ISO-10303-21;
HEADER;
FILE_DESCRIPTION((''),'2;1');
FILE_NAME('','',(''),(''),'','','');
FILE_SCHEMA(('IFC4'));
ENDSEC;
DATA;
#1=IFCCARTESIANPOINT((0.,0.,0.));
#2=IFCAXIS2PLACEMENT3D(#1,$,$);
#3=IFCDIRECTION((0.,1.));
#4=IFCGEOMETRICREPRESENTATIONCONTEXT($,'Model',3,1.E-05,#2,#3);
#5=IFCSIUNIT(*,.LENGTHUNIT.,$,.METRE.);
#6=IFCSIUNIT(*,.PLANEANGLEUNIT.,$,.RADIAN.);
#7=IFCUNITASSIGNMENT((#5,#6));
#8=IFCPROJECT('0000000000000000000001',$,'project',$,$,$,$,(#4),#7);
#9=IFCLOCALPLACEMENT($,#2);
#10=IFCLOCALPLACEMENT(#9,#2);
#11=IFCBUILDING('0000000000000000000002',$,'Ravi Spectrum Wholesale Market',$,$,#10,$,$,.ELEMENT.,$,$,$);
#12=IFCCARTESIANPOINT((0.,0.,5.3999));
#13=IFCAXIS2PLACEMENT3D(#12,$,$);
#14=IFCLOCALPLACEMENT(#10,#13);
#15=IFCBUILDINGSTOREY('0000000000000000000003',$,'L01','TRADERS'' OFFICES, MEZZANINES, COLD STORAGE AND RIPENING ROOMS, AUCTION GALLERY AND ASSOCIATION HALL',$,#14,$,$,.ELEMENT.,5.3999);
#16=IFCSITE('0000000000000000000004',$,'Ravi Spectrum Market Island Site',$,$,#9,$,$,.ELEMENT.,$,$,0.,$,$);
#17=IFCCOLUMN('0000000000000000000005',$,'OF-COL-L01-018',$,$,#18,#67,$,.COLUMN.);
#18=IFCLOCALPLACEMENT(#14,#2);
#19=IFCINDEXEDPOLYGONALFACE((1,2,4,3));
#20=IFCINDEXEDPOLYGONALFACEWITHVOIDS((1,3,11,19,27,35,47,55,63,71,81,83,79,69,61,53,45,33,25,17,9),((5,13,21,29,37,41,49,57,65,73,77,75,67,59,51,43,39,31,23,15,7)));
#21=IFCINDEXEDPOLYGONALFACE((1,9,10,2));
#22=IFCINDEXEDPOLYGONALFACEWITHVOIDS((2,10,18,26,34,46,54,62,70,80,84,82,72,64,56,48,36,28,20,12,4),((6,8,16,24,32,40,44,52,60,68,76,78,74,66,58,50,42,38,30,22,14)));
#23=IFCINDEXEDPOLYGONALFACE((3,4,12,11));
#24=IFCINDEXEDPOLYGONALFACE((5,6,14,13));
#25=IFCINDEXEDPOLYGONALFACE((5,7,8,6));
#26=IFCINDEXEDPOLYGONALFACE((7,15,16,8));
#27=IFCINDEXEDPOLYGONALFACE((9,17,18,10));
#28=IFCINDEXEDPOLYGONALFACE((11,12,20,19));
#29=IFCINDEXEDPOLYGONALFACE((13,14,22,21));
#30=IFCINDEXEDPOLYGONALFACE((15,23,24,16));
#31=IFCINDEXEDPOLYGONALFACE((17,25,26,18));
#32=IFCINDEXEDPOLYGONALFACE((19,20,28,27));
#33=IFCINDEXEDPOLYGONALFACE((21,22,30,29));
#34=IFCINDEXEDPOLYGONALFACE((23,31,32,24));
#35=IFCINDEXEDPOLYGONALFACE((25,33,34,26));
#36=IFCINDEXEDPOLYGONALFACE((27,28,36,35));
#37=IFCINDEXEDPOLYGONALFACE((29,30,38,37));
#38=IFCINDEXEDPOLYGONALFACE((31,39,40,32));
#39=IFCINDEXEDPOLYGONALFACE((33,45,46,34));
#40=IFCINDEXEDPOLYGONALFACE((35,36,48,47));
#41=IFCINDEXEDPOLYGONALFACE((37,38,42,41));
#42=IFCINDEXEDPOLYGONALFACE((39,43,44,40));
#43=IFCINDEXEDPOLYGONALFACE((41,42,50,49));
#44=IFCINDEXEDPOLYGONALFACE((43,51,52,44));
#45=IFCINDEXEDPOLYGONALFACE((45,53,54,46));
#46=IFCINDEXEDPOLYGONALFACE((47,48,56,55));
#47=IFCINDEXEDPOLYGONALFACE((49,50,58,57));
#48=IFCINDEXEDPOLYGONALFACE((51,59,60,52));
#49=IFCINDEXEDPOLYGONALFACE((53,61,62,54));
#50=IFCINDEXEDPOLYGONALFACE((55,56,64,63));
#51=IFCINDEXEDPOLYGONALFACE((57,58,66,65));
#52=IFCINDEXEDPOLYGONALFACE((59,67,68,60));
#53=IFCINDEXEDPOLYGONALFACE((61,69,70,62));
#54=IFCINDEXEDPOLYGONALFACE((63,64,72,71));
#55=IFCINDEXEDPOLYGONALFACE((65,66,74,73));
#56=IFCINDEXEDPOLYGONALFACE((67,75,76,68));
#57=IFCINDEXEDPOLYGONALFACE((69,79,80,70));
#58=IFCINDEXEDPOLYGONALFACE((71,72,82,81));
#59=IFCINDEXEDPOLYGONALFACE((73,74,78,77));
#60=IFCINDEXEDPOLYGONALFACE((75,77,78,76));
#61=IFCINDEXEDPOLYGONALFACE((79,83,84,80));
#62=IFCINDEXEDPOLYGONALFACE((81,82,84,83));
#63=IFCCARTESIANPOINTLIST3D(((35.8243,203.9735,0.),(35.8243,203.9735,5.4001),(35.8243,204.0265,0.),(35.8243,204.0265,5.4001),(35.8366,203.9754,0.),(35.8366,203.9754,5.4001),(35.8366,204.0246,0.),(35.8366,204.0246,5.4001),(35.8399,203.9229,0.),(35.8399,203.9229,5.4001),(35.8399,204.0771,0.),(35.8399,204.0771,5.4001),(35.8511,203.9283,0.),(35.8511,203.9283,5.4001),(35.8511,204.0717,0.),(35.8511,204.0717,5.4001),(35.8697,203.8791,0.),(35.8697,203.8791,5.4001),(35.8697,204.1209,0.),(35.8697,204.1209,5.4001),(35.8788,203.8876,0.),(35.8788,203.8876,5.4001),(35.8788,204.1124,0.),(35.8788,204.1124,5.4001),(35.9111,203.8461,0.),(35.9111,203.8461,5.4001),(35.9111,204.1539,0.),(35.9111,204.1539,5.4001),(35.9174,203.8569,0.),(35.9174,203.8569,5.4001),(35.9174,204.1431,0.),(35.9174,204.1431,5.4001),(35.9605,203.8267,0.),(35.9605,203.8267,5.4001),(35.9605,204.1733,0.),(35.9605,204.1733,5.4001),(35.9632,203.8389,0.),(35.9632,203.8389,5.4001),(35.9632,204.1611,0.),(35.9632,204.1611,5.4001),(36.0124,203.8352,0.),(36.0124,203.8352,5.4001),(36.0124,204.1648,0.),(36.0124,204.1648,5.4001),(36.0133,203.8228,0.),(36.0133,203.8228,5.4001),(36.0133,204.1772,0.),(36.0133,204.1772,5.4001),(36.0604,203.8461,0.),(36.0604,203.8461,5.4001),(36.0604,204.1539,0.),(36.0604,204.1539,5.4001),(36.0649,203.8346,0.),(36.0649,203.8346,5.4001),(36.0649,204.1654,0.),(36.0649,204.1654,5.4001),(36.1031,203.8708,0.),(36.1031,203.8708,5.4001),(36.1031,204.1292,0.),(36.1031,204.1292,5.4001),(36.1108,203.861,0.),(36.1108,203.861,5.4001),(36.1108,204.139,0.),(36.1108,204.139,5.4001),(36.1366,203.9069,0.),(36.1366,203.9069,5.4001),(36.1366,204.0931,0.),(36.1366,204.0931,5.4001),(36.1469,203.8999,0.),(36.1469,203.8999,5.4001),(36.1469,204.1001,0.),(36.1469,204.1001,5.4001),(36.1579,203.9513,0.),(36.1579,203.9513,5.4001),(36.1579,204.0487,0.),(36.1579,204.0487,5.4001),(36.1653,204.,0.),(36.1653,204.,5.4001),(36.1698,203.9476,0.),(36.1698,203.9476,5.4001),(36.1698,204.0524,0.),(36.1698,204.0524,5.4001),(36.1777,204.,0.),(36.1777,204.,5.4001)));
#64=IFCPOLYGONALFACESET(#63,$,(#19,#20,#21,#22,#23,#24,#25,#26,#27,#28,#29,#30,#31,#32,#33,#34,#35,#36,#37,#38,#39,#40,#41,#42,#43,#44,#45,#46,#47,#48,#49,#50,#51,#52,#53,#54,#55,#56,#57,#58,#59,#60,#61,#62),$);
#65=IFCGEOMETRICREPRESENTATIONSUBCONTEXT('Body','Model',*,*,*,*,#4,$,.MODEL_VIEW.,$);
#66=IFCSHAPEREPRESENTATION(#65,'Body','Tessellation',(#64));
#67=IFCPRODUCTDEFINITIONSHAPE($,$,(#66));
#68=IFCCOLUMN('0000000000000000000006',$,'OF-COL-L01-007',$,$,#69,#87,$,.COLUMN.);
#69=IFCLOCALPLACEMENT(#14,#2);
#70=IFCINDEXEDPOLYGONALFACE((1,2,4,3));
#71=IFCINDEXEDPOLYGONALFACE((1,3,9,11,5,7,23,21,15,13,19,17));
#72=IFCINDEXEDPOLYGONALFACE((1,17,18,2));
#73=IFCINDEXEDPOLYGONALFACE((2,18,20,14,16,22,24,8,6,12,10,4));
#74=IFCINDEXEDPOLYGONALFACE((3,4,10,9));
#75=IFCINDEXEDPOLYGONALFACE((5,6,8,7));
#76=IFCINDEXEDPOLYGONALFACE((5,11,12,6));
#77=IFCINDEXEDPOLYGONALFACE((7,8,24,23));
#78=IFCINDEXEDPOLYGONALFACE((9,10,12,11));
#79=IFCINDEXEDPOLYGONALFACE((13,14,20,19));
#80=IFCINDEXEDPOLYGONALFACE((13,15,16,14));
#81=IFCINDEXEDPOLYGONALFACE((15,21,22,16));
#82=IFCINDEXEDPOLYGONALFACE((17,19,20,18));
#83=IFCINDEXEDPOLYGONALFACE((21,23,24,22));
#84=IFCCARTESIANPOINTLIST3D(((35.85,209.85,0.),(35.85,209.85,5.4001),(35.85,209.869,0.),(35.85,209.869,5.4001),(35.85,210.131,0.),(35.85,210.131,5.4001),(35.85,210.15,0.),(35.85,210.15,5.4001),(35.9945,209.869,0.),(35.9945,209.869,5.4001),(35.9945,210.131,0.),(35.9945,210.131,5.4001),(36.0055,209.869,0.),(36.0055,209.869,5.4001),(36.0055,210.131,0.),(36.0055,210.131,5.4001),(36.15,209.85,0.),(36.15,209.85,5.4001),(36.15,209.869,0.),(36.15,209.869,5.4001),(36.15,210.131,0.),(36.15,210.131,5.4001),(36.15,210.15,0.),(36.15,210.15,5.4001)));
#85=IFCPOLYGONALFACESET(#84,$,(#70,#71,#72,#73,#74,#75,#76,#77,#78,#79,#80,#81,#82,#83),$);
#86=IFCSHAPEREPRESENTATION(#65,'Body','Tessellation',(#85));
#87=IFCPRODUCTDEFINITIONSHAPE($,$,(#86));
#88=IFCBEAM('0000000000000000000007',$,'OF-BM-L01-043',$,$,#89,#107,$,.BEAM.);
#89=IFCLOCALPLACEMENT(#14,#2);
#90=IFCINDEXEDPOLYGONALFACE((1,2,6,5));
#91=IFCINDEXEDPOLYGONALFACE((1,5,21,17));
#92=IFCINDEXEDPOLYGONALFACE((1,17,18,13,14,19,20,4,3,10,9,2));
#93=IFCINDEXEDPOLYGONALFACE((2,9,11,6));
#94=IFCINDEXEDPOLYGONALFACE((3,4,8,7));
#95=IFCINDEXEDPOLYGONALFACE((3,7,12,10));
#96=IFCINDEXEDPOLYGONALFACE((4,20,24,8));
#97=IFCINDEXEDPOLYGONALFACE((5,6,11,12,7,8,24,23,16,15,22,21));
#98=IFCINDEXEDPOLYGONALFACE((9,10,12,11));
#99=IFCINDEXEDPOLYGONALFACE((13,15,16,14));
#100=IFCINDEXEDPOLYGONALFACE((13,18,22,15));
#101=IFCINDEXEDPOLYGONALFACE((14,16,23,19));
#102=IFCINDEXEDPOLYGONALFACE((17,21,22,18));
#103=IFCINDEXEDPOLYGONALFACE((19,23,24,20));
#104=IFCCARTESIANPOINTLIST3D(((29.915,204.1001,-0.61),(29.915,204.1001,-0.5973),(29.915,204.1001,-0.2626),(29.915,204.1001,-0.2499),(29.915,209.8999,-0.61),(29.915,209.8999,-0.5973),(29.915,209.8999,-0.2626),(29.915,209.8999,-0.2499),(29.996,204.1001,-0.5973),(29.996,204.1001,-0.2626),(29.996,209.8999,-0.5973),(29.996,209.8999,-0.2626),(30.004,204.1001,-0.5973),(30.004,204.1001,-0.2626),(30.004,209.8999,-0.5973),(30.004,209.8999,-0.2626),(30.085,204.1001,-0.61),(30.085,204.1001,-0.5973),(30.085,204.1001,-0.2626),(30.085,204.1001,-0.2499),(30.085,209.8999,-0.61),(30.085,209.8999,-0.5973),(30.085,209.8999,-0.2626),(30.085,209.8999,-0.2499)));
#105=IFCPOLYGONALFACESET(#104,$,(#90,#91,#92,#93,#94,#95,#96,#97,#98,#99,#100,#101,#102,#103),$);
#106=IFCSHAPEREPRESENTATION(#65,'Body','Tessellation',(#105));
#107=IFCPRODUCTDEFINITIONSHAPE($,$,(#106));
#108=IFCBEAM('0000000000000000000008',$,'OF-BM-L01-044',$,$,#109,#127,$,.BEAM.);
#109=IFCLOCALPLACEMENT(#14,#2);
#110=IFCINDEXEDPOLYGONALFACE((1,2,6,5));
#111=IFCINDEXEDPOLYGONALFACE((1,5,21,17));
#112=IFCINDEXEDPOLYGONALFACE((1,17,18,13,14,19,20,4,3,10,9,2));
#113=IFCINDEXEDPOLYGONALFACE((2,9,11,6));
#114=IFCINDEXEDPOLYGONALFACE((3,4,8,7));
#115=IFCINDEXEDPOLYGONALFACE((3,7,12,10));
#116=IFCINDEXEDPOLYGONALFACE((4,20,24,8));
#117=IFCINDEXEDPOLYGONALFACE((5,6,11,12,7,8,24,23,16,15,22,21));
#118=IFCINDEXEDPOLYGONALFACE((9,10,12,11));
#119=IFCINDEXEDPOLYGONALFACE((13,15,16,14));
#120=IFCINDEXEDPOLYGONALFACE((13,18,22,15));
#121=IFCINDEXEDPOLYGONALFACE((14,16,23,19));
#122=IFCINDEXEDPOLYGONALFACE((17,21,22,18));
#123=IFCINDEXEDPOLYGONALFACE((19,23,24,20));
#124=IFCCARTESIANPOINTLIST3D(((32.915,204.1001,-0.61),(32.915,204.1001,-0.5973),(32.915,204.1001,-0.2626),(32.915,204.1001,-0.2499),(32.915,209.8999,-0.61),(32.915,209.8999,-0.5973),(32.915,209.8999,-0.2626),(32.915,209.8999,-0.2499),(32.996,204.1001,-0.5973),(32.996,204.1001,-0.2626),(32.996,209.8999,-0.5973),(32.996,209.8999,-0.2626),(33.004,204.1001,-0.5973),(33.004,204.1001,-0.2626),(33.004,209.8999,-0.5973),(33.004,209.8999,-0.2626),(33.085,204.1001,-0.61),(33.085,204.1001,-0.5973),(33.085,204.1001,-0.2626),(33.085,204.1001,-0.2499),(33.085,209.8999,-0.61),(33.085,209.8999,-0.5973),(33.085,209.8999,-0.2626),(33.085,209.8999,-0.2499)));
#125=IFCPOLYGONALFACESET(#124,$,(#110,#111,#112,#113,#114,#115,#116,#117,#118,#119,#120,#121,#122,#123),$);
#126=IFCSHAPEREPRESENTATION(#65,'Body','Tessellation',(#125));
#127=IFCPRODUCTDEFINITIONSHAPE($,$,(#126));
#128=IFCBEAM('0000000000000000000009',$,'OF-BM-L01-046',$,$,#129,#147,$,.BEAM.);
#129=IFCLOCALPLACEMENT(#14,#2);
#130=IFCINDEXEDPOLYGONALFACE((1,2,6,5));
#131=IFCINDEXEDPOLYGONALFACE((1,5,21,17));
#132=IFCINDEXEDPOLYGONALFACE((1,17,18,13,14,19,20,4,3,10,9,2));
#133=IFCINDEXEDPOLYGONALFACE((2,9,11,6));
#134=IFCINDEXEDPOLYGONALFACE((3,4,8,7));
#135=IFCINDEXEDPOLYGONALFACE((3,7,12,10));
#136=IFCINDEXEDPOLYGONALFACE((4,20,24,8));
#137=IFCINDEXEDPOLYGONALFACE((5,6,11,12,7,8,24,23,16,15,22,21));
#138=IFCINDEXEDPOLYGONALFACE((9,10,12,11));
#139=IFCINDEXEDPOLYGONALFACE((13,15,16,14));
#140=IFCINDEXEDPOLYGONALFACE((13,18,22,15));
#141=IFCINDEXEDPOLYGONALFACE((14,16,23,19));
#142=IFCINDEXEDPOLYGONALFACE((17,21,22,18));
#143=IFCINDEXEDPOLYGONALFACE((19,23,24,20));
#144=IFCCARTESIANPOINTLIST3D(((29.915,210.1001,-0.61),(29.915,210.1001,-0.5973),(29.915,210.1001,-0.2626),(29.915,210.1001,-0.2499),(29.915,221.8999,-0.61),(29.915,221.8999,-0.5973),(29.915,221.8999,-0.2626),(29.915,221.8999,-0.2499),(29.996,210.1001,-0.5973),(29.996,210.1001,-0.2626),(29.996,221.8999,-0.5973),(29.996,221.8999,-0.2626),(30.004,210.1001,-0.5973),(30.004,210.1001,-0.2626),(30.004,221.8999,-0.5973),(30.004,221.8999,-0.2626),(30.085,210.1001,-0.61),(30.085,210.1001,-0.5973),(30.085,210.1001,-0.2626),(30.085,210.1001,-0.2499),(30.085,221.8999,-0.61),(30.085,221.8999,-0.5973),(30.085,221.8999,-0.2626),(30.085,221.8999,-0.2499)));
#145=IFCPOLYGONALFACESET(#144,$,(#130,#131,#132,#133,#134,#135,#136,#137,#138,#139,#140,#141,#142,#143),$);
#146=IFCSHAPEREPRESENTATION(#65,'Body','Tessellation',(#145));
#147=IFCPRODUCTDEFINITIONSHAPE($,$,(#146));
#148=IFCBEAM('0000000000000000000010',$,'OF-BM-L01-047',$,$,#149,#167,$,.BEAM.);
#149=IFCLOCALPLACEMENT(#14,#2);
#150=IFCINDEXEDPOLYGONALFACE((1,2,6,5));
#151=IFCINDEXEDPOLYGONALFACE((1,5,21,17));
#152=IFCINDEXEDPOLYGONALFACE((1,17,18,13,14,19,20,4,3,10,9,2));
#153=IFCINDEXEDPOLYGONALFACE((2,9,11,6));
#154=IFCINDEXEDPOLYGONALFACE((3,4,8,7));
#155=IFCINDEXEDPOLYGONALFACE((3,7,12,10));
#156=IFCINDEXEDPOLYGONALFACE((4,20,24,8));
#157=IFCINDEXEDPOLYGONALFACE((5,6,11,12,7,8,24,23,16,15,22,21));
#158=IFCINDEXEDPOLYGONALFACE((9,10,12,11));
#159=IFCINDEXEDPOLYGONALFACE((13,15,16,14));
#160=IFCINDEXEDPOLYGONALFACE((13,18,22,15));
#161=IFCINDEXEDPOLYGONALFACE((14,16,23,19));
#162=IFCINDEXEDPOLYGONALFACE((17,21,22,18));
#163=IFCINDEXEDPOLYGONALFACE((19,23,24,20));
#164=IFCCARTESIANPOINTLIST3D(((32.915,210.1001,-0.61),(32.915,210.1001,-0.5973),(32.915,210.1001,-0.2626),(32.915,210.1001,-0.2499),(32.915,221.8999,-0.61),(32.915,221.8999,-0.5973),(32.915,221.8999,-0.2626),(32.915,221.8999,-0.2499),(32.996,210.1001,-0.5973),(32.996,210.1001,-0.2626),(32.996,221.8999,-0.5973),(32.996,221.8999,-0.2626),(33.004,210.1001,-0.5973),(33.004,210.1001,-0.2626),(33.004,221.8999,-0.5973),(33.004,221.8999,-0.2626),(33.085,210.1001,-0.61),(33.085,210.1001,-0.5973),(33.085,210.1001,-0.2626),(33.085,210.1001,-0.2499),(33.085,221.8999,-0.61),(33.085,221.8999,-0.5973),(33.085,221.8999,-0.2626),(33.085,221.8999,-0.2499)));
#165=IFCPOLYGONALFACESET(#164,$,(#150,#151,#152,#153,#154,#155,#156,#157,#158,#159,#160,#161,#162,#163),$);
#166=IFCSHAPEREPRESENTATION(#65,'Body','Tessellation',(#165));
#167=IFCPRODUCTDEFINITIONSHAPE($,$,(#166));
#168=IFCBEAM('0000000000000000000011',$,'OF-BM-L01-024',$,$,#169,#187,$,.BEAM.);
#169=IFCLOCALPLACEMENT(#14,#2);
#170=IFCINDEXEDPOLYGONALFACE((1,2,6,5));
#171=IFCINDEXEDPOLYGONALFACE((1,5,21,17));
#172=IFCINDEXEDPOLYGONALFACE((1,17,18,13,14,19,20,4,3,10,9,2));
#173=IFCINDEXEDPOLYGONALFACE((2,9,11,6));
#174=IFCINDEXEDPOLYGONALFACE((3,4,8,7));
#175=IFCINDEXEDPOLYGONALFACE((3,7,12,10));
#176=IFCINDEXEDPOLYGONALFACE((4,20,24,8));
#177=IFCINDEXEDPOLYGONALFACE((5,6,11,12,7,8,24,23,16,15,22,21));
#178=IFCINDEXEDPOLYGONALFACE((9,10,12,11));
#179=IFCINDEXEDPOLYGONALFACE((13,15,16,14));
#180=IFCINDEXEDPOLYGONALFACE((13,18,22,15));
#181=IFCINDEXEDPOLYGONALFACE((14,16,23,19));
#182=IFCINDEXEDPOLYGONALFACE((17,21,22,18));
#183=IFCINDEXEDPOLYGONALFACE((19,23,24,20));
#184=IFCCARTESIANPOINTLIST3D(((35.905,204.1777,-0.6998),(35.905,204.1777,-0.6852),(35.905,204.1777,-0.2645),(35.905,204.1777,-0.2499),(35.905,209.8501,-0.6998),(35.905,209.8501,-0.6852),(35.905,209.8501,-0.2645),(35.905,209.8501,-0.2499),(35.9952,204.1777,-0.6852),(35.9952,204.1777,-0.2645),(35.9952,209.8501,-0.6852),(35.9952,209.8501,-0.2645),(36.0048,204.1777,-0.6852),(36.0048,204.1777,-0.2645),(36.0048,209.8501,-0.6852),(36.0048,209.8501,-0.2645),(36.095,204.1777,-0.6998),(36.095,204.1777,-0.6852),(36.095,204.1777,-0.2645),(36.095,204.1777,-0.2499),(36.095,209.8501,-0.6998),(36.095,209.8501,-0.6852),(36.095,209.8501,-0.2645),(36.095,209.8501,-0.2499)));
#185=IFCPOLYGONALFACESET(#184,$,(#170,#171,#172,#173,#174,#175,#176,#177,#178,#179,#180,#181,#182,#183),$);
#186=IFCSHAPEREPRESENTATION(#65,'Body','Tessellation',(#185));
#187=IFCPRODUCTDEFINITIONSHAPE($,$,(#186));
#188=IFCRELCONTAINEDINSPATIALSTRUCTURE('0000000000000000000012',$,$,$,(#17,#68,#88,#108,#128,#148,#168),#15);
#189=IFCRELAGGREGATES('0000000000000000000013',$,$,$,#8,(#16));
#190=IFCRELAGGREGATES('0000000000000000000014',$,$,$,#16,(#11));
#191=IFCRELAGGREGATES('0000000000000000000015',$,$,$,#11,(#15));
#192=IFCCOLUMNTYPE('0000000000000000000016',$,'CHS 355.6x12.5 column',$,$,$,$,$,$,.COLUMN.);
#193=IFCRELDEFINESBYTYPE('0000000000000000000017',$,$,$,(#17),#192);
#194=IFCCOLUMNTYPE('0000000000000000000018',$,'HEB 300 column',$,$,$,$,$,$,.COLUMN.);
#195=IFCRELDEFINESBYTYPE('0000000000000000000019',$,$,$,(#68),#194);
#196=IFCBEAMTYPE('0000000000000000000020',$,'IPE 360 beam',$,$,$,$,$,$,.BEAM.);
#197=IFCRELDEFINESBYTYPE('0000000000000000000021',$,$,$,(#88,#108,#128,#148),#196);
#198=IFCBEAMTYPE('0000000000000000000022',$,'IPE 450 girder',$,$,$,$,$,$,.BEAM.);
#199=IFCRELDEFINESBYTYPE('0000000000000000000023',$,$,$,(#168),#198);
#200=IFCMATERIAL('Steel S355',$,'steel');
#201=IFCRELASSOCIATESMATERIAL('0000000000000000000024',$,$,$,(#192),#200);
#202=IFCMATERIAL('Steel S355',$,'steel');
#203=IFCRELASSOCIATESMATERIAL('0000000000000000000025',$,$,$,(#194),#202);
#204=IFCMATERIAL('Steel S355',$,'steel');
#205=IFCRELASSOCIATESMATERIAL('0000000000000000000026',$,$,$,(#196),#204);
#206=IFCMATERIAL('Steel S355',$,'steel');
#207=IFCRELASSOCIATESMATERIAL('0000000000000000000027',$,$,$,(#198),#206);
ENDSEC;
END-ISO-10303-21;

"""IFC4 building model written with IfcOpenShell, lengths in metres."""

from ifc_helpers import new_model, si_unit, direction, frame, origin, origin_2d, place, context, subcontext, project, spatial, hollow_circle, i_section, extrude, material, material_profile, profile_set, type_object, element, save


model = new_model("IFC4")

# Units and contexts
model_context = context("Model", 3, precision=1e-05, world=origin(), true_north=direction((0.0, 1.0)))
body_context = subcontext(model_context, "Body", "Model", "MODEL_VIEW")
ifc_project = project(units=[si_unit("LENGTHUNIT", "METRE"), si_unit("PLANEANGLEUNIT", "RADIAN")], contexts=[model_context])

# Site, building, storey
site_placement = place(None, origin())
site = spatial("IfcSite", under=ifc_project, at=site_placement, Name="Ravi Spectrum Market Island Site", CompositionType="ELEMENT", RefElevation=0.0)
building_placement = place(site_placement, origin())
building = spatial("IfcBuilding", under=site, at=building_placement, Name="Ravi Spectrum Wholesale Market", CompositionType="ELEMENT")
storey_placement = place(building_placement, frame((0.0, 0.0, 5.3999)))
storey = spatial("IfcBuildingStorey", under=building, at=storey_placement, Name="L01", Description="TRADERS' OFFICES, MEZZANINES, COLD STORAGE AND RIPENING ROOMS, AUCTION GALLERY AND ASSOCIATION HALL", CompositionType="ELEMENT", Elevation=5.3999)

# Columns
ifc_material_1 = material(Name="Steel S355", Category="steel")
ifc_material_profile_1 = material_profile(ifc_material_1, hollow_circle(Radius=0.1777, WallThickness=0.0125, at=origin_2d()))
ifc_profile_set_1 = profile_set([ifc_material_profile_1], Name="Steel S355")
column_type_1 = type_object("IfcColumnType", Name="CHS 355.6x12.5 column", PredefinedType="COLUMN", material=ifc_profile_set_1)
column_1_placement = place(storey_placement, frame((36.0, 204.0, 0.0), z_axis=(0.0, 0.0, 1.0), x_axis=(1.0, 0.0, 0.0)))
element("IfcColumn", 1, at=column_1_placement, inside=storey, type_object=column_type_1, Name="OF-COL-L01-018", PredefinedType="COLUMN", context=body_context, shape_type="SweptSolid", body=[
    extrude(hollow_circle(Radius=0.1777, WallThickness=0.0125, at=origin_2d()), origin(), (0.0, 0.0, 1.0), 5.4001),
])
ifc_material_2 = material(Name="Steel S355", Category="steel")
ifc_material_profile_2 = material_profile(ifc_material_2, i_section(OverallWidth=0.3, OverallDepth=0.3, WebThickness=0.011, FlangeThickness=0.019, at=origin_2d()))
ifc_profile_set_2 = profile_set([ifc_material_profile_2], Name="Steel S355")
column_type_2 = type_object("IfcColumnType", Name="HEB 300 column", PredefinedType="COLUMN", material=ifc_profile_set_2)
column_2_placement = place(storey_placement, frame((36.0, 210.0, 0.0), z_axis=(0.0, 0.0, 1.0), x_axis=(1.0, 0.0, 0.0)))
element("IfcColumn", 2, at=column_2_placement, inside=storey, type_object=column_type_2, Name="OF-COL-L01-007", PredefinedType="COLUMN", context=body_context, shape_type="SweptSolid", body=[
    extrude(i_section(OverallWidth=0.3, OverallDepth=0.3, WebThickness=0.011, FlangeThickness=0.019, at=origin_2d()), origin(), (0.0, 0.0, 1.0), 5.4001),
])

# Beams
ifc_material_3 = material(Name="Steel S355", Category="steel")
ifc_material_profile_3 = material_profile(ifc_material_3, i_section(OverallWidth=0.1699, OverallDepth=0.3601, WebThickness=0.0081, FlangeThickness=0.0127, at=origin_2d()))
ifc_profile_set_3 = profile_set([ifc_material_profile_3], Name="Steel S355")
beam_type_1 = type_object("IfcBeamType", Name="IPE 360 beam", PredefinedType="BEAM", material=ifc_profile_set_3)
for number, where, z_axis, x_axis, name in (
    (3, (30.0, 204.1001, -0.4299), (0.0, 1.0, 0.0), (-1.0, 0.0, 0.0), "OF-BM-L01-043"),
    (4, (33.0, 204.1001, -0.4299), (0.0, 1.0, 0.0), (-1.0, 0.0, 0.0), "OF-BM-L01-044"),
):
    element("IfcBeam", number, at=place(storey_placement, frame(where, z_axis=z_axis, x_axis=x_axis)), inside=storey, type_object=beam_type_1, Name=name, PredefinedType="BEAM", context=body_context, shape_type="SweptSolid", body=[
        extrude(i_section(OverallWidth=0.1699, OverallDepth=0.3601, WebThickness=0.0081, FlangeThickness=0.0127, at=origin_2d()), origin(), (0.0, 0.0, 1.0), 5.7998),
    ])
for number, where, z_axis, x_axis, name in (
    (5, (30.0, 210.1001, -0.4299), (0.0, 1.0, 0.0), (-1.0, 0.0, 0.0), "OF-BM-L01-046"),
    (6, (33.0, 210.1001, -0.4299), (0.0, 1.0, 0.0), (-1.0, 0.0, 0.0), "OF-BM-L01-047"),
):
    element("IfcBeam", number, at=place(storey_placement, frame(where, z_axis=z_axis, x_axis=x_axis)), inside=storey, type_object=beam_type_1, Name=name, PredefinedType="BEAM", context=body_context, shape_type="SweptSolid", body=[
        extrude(i_section(OverallWidth=0.1699, OverallDepth=0.3601, WebThickness=0.0081, FlangeThickness=0.0127, at=origin_2d()), origin(), (0.0, 0.0, 1.0), 11.7998),
    ])
ifc_material_4 = material(Name="Steel S355", Category="steel")
ifc_material_profile_4 = material_profile(ifc_material_4, i_section(OverallWidth=0.1899, OverallDepth=0.45, WebThickness=0.0095, FlangeThickness=0.0146, at=origin_2d()))
ifc_profile_set_4 = profile_set([ifc_material_profile_4], Name="Steel S355")
beam_type_2 = type_object("IfcBeamType", Name="IPE 450 girder", PredefinedType="BEAM", material=ifc_profile_set_4)
beam_1_placement = place(storey_placement, frame((36.0, 204.1777, -0.4749), z_axis=(0.0, 1.0, 0.0), x_axis=(-1.0, 0.0, 0.0)))
element("IfcBeam", 7, at=beam_1_placement, inside=storey, type_object=beam_type_2, Name="OF-BM-L01-024", PredefinedType="BEAM", context=body_context, shape_type="SweptSolid", body=[
    extrude(i_section(OverallWidth=0.1899, OverallDepth=0.45, WebThickness=0.0095, FlangeThickness=0.0146, at=origin_2d()), origin(), (0.0, 0.0, 1.0), 5.6724),
])

save(model, "model.ifc")
